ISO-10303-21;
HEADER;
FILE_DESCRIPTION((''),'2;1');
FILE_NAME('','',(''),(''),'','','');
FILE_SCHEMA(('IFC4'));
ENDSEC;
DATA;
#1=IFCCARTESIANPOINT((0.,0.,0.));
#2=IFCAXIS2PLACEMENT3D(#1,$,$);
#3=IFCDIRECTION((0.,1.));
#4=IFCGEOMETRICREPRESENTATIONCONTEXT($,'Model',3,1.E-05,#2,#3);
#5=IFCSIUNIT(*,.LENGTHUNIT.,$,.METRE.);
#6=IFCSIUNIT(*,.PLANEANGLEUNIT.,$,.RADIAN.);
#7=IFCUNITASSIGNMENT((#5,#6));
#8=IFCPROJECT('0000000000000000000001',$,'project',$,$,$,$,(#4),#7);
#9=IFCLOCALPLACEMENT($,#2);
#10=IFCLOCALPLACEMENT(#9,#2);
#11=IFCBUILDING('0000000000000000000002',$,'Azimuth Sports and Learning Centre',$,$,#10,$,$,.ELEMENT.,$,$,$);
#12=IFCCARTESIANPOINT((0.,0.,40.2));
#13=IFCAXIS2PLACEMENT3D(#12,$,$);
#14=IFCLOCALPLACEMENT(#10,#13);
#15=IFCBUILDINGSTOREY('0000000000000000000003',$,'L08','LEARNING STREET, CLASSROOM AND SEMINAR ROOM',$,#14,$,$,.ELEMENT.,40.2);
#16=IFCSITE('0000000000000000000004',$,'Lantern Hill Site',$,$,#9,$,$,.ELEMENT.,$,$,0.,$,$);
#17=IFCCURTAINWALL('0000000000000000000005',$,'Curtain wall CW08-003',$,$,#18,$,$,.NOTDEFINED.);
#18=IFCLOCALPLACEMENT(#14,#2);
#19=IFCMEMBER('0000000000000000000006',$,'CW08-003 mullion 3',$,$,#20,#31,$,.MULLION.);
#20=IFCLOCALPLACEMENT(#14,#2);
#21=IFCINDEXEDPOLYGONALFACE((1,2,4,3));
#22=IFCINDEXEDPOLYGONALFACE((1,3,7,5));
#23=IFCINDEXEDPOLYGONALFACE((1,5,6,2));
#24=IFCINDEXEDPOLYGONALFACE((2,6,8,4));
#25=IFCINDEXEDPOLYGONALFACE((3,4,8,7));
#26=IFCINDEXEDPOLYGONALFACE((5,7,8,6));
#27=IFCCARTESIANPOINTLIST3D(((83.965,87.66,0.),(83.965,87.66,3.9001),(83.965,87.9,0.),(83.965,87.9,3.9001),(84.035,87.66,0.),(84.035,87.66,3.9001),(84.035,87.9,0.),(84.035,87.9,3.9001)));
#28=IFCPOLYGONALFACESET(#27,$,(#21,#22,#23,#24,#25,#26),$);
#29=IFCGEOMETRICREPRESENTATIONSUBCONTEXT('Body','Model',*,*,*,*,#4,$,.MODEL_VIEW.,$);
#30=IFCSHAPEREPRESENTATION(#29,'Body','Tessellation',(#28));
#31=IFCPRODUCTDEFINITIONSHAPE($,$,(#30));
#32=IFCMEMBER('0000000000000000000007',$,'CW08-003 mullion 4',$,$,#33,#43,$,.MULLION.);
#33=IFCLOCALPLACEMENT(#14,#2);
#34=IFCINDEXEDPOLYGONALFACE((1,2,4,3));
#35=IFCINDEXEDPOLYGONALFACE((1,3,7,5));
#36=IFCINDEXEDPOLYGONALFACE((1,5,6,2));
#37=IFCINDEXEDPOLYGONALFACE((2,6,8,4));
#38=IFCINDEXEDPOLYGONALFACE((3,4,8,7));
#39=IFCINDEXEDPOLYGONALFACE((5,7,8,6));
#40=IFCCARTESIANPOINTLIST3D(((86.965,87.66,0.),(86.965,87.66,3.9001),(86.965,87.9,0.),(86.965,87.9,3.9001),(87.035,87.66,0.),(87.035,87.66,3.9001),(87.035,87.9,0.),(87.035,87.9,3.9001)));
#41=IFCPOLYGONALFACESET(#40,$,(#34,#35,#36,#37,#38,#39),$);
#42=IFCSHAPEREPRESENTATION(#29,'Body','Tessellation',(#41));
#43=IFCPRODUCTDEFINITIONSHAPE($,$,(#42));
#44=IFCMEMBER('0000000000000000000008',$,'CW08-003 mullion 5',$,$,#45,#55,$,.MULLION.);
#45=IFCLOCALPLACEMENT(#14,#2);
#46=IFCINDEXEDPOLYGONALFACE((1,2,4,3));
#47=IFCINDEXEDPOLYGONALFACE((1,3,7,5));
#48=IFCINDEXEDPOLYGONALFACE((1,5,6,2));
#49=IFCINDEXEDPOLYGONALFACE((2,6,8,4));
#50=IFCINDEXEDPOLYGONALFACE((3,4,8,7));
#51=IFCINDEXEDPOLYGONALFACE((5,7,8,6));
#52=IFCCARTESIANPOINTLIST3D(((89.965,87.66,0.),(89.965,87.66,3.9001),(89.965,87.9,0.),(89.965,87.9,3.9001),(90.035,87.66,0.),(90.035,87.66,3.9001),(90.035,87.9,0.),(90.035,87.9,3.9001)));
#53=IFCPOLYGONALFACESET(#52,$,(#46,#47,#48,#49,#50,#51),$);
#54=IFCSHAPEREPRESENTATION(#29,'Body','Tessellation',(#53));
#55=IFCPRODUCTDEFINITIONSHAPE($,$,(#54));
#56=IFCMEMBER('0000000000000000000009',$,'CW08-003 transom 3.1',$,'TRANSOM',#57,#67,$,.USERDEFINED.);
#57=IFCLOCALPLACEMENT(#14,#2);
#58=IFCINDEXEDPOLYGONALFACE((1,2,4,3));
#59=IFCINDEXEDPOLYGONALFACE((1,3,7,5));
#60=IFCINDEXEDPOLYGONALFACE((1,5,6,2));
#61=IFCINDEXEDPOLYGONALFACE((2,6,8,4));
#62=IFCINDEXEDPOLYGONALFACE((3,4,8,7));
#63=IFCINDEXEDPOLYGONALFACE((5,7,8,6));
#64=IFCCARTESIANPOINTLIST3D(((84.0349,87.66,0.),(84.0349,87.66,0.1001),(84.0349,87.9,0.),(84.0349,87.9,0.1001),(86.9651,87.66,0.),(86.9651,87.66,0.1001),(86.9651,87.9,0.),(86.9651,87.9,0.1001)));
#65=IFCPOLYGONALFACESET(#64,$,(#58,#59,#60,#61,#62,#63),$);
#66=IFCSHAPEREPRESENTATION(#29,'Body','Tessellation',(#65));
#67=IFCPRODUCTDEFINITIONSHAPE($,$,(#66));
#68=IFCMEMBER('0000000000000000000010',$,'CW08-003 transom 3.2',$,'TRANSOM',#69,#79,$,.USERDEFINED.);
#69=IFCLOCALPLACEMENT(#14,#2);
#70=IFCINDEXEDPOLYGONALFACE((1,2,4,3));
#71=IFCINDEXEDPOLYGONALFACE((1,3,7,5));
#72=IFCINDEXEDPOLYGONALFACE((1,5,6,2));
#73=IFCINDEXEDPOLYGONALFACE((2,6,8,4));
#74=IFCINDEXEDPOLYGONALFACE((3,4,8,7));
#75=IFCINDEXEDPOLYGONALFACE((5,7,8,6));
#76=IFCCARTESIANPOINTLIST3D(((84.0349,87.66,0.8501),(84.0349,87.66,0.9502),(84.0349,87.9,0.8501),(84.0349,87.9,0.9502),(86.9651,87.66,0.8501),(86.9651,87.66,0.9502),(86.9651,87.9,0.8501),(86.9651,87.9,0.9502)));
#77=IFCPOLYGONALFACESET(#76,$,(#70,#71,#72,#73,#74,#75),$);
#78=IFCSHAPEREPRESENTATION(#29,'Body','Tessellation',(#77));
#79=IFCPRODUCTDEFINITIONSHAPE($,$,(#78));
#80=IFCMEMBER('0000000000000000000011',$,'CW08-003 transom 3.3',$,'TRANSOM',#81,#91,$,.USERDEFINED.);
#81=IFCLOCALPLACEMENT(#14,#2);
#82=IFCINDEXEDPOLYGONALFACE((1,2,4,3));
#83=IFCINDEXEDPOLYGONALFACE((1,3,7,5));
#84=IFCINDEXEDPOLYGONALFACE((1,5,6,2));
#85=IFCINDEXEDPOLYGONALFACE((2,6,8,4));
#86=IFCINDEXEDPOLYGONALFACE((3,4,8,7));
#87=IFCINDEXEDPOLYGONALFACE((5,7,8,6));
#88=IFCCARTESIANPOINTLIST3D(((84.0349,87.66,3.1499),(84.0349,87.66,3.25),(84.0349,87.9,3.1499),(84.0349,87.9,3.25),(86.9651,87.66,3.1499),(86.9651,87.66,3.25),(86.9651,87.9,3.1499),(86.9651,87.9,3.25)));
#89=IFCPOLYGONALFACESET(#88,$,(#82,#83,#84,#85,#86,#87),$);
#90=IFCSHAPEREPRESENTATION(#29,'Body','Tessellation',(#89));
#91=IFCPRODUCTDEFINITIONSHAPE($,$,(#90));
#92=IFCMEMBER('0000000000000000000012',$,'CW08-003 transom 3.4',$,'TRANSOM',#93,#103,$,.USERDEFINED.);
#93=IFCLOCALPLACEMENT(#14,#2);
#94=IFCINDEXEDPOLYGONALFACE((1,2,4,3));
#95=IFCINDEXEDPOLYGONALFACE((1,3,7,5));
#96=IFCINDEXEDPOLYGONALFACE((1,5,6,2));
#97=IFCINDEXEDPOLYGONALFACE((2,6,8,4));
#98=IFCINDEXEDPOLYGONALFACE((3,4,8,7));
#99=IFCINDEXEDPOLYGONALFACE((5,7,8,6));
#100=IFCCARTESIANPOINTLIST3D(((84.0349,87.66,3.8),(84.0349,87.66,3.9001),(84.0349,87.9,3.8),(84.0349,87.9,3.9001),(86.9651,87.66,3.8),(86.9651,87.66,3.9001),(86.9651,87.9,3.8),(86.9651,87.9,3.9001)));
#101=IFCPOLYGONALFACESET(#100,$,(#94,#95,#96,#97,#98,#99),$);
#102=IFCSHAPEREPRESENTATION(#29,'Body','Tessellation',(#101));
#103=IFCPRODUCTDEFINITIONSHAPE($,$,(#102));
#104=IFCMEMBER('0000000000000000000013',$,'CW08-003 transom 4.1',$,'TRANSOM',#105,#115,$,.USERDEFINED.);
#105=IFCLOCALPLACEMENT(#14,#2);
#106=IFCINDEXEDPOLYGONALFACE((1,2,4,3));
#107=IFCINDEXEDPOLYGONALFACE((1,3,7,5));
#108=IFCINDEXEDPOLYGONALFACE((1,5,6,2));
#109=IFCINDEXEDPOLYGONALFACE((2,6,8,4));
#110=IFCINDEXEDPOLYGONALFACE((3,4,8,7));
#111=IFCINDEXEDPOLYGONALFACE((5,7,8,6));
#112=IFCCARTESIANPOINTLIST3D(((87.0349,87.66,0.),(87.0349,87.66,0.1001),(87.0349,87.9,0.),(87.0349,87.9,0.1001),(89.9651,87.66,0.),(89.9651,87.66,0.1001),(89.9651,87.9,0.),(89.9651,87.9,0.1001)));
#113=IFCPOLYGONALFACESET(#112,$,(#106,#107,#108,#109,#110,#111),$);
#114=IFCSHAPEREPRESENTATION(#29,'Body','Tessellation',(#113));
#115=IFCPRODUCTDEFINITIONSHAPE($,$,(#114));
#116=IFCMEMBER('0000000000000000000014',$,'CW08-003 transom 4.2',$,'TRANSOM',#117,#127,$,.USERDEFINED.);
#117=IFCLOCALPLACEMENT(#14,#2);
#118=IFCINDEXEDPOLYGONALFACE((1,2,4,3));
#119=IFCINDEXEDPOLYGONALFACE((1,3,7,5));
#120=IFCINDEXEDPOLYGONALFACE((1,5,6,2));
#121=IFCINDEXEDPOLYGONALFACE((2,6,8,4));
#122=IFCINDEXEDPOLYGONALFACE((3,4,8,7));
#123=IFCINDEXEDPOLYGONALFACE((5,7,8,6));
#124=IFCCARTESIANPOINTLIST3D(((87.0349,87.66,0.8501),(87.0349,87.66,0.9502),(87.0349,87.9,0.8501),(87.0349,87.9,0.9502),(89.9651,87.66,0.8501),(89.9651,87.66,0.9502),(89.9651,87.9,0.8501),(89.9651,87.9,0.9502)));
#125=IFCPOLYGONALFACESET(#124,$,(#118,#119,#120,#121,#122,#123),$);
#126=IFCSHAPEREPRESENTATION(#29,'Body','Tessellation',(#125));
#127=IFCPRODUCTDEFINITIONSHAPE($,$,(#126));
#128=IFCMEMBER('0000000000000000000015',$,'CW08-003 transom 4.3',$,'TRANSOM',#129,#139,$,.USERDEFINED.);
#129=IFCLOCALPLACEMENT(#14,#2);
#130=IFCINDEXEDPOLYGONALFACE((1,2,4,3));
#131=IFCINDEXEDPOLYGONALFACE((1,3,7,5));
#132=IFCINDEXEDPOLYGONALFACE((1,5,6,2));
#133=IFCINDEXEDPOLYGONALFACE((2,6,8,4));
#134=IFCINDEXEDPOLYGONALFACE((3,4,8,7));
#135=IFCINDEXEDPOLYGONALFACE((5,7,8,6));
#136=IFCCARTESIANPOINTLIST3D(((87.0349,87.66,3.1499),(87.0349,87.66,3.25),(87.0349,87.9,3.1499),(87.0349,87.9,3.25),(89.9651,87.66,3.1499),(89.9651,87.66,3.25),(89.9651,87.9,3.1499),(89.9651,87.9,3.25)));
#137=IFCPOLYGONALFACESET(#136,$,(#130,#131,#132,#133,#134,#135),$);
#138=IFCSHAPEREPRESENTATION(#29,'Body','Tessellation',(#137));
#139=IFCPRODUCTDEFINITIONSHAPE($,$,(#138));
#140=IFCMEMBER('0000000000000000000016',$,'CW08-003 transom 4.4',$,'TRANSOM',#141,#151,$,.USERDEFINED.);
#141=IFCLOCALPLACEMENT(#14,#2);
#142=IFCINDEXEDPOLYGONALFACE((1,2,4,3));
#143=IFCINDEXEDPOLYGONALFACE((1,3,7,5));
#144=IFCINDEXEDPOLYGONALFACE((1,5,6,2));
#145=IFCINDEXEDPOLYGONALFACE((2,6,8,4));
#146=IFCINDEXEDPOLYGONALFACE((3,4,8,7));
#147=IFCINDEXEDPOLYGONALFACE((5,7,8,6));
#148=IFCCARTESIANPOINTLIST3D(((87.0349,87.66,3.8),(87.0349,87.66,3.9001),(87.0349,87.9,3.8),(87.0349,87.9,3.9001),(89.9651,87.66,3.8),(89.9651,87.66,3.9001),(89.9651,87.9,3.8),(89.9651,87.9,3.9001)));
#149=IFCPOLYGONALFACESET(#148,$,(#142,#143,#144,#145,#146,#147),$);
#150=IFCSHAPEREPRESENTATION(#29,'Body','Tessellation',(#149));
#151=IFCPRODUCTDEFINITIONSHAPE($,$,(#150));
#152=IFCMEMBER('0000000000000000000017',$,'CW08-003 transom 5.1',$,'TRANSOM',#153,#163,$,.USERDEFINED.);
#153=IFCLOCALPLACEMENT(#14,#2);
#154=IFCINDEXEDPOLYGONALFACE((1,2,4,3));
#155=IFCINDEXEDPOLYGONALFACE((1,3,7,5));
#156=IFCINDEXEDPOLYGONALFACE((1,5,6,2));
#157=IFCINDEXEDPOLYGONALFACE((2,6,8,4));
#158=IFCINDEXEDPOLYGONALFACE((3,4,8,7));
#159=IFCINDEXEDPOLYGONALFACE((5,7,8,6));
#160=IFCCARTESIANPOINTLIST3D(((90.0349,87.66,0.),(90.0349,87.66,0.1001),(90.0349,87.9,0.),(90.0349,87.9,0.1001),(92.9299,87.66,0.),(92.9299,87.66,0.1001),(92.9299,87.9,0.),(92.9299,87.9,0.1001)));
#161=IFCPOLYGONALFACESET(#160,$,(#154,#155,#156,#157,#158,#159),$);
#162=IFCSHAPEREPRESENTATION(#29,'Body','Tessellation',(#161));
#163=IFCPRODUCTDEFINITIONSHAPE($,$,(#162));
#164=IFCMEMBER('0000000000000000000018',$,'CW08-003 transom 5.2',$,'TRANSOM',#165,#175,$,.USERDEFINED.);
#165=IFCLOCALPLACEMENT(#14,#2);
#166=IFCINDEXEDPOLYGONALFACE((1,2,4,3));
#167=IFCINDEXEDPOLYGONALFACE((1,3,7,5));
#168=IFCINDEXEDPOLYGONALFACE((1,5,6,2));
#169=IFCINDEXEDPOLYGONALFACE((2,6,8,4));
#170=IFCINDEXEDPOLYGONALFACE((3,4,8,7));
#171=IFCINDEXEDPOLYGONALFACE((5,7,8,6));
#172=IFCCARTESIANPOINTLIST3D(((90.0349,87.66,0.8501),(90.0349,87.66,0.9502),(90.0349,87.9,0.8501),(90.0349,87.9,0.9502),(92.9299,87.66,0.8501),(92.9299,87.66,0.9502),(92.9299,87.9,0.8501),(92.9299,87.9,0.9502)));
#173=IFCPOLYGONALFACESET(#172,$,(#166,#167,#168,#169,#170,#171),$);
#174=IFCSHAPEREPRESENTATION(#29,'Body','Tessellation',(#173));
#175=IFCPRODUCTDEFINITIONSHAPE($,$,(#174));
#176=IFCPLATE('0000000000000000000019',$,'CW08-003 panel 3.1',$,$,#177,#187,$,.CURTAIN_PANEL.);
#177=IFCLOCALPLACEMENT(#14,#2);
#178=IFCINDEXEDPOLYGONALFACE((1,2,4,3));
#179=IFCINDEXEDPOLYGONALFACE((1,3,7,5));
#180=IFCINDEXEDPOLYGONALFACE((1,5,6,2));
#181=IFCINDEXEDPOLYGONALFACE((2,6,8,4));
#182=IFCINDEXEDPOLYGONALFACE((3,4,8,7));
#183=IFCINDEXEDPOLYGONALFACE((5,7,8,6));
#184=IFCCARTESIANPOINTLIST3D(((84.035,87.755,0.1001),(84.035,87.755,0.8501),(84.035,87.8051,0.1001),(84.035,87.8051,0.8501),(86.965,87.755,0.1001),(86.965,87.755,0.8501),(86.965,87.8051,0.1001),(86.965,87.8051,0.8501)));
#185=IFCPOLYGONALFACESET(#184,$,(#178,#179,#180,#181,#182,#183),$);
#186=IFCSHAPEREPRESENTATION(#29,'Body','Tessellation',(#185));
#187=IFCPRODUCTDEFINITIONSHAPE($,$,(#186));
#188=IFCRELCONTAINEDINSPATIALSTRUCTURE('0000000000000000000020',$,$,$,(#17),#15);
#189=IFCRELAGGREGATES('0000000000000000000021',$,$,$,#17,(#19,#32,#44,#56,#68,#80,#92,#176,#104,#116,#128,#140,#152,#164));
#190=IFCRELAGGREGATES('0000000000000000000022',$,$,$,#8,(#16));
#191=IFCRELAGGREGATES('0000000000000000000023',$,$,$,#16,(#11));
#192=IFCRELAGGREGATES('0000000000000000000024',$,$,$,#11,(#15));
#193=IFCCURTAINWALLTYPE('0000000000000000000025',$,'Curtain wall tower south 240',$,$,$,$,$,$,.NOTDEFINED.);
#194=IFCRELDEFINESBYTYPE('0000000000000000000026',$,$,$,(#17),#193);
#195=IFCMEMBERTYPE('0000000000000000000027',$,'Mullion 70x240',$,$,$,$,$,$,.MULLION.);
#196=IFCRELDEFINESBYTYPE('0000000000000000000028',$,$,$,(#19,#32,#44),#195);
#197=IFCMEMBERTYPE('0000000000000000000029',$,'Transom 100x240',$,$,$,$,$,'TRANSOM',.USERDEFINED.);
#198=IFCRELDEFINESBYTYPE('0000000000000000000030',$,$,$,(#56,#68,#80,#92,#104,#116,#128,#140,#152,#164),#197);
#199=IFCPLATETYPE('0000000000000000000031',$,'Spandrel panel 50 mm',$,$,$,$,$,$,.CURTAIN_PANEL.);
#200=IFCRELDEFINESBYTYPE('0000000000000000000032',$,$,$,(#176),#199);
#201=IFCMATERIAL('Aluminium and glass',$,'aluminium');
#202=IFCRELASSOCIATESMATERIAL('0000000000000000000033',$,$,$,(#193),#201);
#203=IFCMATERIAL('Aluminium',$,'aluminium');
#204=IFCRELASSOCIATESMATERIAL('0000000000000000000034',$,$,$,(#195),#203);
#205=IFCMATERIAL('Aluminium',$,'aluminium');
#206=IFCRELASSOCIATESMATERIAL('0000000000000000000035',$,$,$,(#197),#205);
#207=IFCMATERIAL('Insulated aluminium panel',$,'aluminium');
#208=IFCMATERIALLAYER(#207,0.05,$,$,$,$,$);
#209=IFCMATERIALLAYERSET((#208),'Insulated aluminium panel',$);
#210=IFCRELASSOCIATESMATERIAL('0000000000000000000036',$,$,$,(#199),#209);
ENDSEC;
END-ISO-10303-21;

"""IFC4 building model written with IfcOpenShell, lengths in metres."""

from ifc_helpers import new_model, si_unit, direction, frame, origin, origin_2d, place, context, subcontext, project, spatial, rectangle, extrude, material, layer, layer_set, material_profile, profile_set, type_object, element, aggregate, save


model = new_model("IFC4")

# Units and contexts
model_context = context("Model", 3, precision=1e-05, world=origin(), true_north=direction((0.0, 1.0)))
body_context = subcontext(model_context, "Body", "Model", "MODEL_VIEW")
ifc_project = project(units=[si_unit("LENGTHUNIT", "METRE"), si_unit("PLANEANGLEUNIT", "RADIAN")], contexts=[model_context])

# Site, building, storey
site_placement = place(None, origin())
site = spatial("IfcSite", under=ifc_project, at=site_placement, Name="Lantern Hill Site", CompositionType="ELEMENT", RefElevation=0.0)
building_placement = place(site_placement, origin())
building = spatial("IfcBuilding", under=site, at=building_placement, Name="Azimuth Sports and Learning Centre", CompositionType="ELEMENT")
storey_placement = place(building_placement, frame((0.0, 0.0, 40.2)))
storey = spatial("IfcBuildingStorey", under=building, at=storey_placement, Name="L08", Description="LEARNING STREET, CLASSROOM AND SEMINAR ROOM", CompositionType="ELEMENT", Elevation=40.2)

# Curtain wall, members, plate
ifc_material_1 = material(Name="Aluminium and glass", Category="aluminium")
curtain_wall_type = type_object("IfcCurtainWallType", Name="Curtain wall tower south 240", PredefinedType="NOTDEFINED", material=ifc_material_1)
curtain_wall_placement = place(storey_placement, origin())
curtain_wall = element("IfcCurtainWall", 1, at=curtain_wall_placement, inside=storey, type_object=curtain_wall_type, Name="Curtain wall CW08-003", PredefinedType="NOTDEFINED")
ifc_material_2 = material(Name="Aluminium", Category="aluminium")
ifc_material_profile_1 = material_profile(ifc_material_2, rectangle(XDim=0.24, YDim=0.0701, at=origin_2d()), Name="Mullion 70x240")
ifc_profile_set_1 = profile_set([ifc_material_profile_1], Name="Aluminium")
member_type_1 = type_object("IfcMemberType", Name="Mullion 70x240", PredefinedType="MULLION", material=ifc_profile_set_1)
member_1_placement = place(storey_placement, frame((84.0, 87.78, 0.0), z_axis=(0.0, 0.0, 1.0), x_axis=(0.0, 1.0, 0.0)))
member_1 = element("IfcMember", 2, at=member_1_placement, type_object=member_type_1, Name="CW08-003 mullion 3", PredefinedType="MULLION", context=body_context, shape_type="SweptSolid", body=[
    extrude(rectangle(XDim=0.24, YDim=0.0701, at=origin_2d()), origin(), (0.0, 0.0, 1.0), 3.9001),
])
member_2_placement = place(storey_placement, frame((87.0, 87.78, 0.0), z_axis=(0.0, 0.0, 1.0), x_axis=(0.0, 1.0, 0.0)))
member_2 = element("IfcMember", 3, at=member_2_placement, type_object=member_type_1, Name="CW08-003 mullion 4", PredefinedType="MULLION", context=body_context, shape_type="SweptSolid", body=[
    extrude(rectangle(XDim=0.24, YDim=0.0701, at=origin_2d()), origin(), (0.0, 0.0, 1.0), 3.9001),
])
member_3_placement = place(storey_placement, frame((90.0, 87.78, 0.0), z_axis=(0.0, 0.0, 1.0), x_axis=(0.0, 1.0, 0.0)))
member_3 = element("IfcMember", 4, at=member_3_placement, type_object=member_type_1, Name="CW08-003 mullion 5", PredefinedType="MULLION", context=body_context, shape_type="SweptSolid", body=[
    extrude(rectangle(XDim=0.24, YDim=0.0701, at=origin_2d()), origin(), (0.0, 0.0, 1.0), 3.9001),
])
ifc_material_3 = material(Name="Aluminium", Category="aluminium")
ifc_material_profile_2 = material_profile(ifc_material_3, rectangle(XDim=0.24, YDim=0.1001, at=origin_2d()), Name="Transom 100x240")
ifc_profile_set_2 = profile_set([ifc_material_profile_2], Name="Aluminium")
member_type_2 = type_object("IfcMemberType", Name="Transom 100x240", ElementType="TRANSOM", PredefinedType="USERDEFINED", material=ifc_profile_set_2)
member_4_placement = place(storey_placement, frame((84.0349, 87.78, 0.05), z_axis=(1.0, 0.0, 0.0), x_axis=(0.0, 1.0, 0.0)))
member_4 = element("IfcMember", 5, at=member_4_placement, type_object=member_type_2, Name="CW08-003 transom 3.1", ObjectType="TRANSOM", PredefinedType="USERDEFINED", context=body_context, shape_type="SweptSolid", body=[
    extrude(rectangle(XDim=0.24, YDim=0.1001, at=origin_2d()), origin(), (0.0, 0.0, 1.0), 2.9302),
])
member_5_placement = place(storey_placement, frame((84.0349, 87.78, 0.9001), z_axis=(1.0, 0.0, 0.0), x_axis=(0.0, 1.0, 0.0)))
member_5 = element("IfcMember", 6, at=member_5_placement, type_object=member_type_2, Name="CW08-003 transom 3.2", ObjectType="TRANSOM", PredefinedType="USERDEFINED", context=body_context, shape_type="SweptSolid", body=[
    extrude(rectangle(XDim=0.24, YDim=0.1001, at=origin_2d()), origin(), (0.0, 0.0, 1.0), 2.9302),
])
member_6_placement = place(storey_placement, frame((84.0349, 87.78, 3.2), z_axis=(1.0, 0.0, 0.0), x_axis=(0.0, 1.0, 0.0)))
member_6 = element("IfcMember", 7, at=member_6_placement, type_object=member_type_2, Name="CW08-003 transom 3.3", ObjectType="TRANSOM", PredefinedType="USERDEFINED", context=body_context, shape_type="SweptSolid", body=[
    extrude(rectangle(XDim=0.24, YDim=0.1001, at=origin_2d()), origin(), (0.0, 0.0, 1.0), 2.9302),
])
member_7_placement = place(storey_placement, frame((84.0349, 87.78, 3.8501), z_axis=(1.0, 0.0, 0.0), x_axis=(0.0, 1.0, 0.0)))
member_7 = element("IfcMember", 8, at=member_7_placement, type_object=member_type_2, Name="CW08-003 transom 3.4", ObjectType="TRANSOM", PredefinedType="USERDEFINED", context=body_context, shape_type="SweptSolid", body=[
    extrude(rectangle(XDim=0.24, YDim=0.1001, at=origin_2d()), origin(), (0.0, 0.0, 1.0), 2.9302),
])
member_8_placement = place(storey_placement, frame((87.0349, 87.78, 0.05), z_axis=(1.0, 0.0, 0.0), x_axis=(0.0, 1.0, 0.0)))
member_8 = element("IfcMember", 9, at=member_8_placement, type_object=member_type_2, Name="CW08-003 transom 4.1", ObjectType="TRANSOM", PredefinedType="USERDEFINED", context=body_context, shape_type="SweptSolid", body=[
    extrude(rectangle(XDim=0.24, YDim=0.1001, at=origin_2d()), origin(), (0.0, 0.0, 1.0), 2.9302),
])
member_9_placement = place(storey_placement, frame((87.0349, 87.78, 0.9001), z_axis=(1.0, 0.0, 0.0), x_axis=(0.0, 1.0, 0.0)))
member_9 = element("IfcMember", 10, at=member_9_placement, type_object=member_type_2, Name="CW08-003 transom 4.2", ObjectType="TRANSOM", PredefinedType="USERDEFINED", context=body_context, shape_type="SweptSolid", body=[
    extrude(rectangle(XDim=0.24, YDim=0.1001, at=origin_2d()), origin(), (0.0, 0.0, 1.0), 2.9302),
])
member_10_placement = place(storey_placement, frame((87.0349, 87.78, 3.2), z_axis=(1.0, 0.0, 0.0), x_axis=(0.0, 1.0, 0.0)))
member_10 = element("IfcMember", 11, at=member_10_placement, type_object=member_type_2, Name="CW08-003 transom 4.3", ObjectType="TRANSOM", PredefinedType="USERDEFINED", context=body_context, shape_type="SweptSolid", body=[
    extrude(rectangle(XDim=0.24, YDim=0.1001, at=origin_2d()), origin(), (0.0, 0.0, 1.0), 2.9302),
])
member_11_placement = place(storey_placement, frame((87.0349, 87.78, 3.8501), z_axis=(1.0, 0.0, 0.0), x_axis=(0.0, 1.0, 0.0)))
member_11 = element("IfcMember", 12, at=member_11_placement, type_object=member_type_2, Name="CW08-003 transom 4.4", ObjectType="TRANSOM", PredefinedType="USERDEFINED", context=body_context, shape_type="SweptSolid", body=[
    extrude(rectangle(XDim=0.24, YDim=0.1001, at=origin_2d()), origin(), (0.0, 0.0, 1.0), 2.9302),
])
member_12_placement = place(storey_placement, frame((90.0349, 87.78, 0.05), z_axis=(1.0, 0.0, 0.0), x_axis=(0.0, 1.0, 0.0)))
member_12 = element("IfcMember", 13, at=member_12_placement, type_object=member_type_2, Name="CW08-003 transom 5.1", ObjectType="TRANSOM", PredefinedType="USERDEFINED", context=body_context, shape_type="SweptSolid", body=[
    extrude(rectangle(XDim=0.24, YDim=0.1001, at=origin_2d()), origin(), (0.0, 0.0, 1.0), 2.895),
])
member_13_placement = place(storey_placement, frame((90.0349, 87.78, 0.9001), z_axis=(1.0, 0.0, 0.0), x_axis=(0.0, 1.0, 0.0)))
member_13 = element("IfcMember", 14, at=member_13_placement, type_object=member_type_2, Name="CW08-003 transom 5.2", ObjectType="TRANSOM", PredefinedType="USERDEFINED", context=body_context, shape_type="SweptSolid", body=[
    extrude(rectangle(XDim=0.24, YDim=0.1001, at=origin_2d()), origin(), (0.0, 0.0, 1.0), 2.895),
])
ifc_material_4 = material(Name="Insulated aluminium panel", Category="aluminium")
ifc_layer_1 = layer(ifc_material_4, 0.05)
ifc_layer_set_1 = layer_set([ifc_layer_1], Name="Insulated aluminium panel")
plate_type_1 = type_object("IfcPlateType", Name="Spandrel panel 50 mm", PredefinedType="CURTAIN_PANEL", material=ifc_layer_set_1)
plate_1_placement = place(storey_placement, frame((85.5, 87.78, 0.1001), z_axis=(0.0, 0.0, 1.0), x_axis=(1.0, 0.0, 0.0)))
plate_1 = element("IfcPlate", 15, at=plate_1_placement, type_object=plate_type_1, Name="CW08-003 panel 3.1", PredefinedType="CURTAIN_PANEL", context=body_context, shape_type="SweptSolid", body=[
    extrude(rectangle(XDim=2.9299, YDim=0.05, at=origin_2d()), origin(), (0.0, 0.0, 1.0), 0.75),
])
aggregate(curtain_wall, [member_1, member_2, member_3, member_4, member_5, member_6, member_7, plate_1, member_8, member_9, member_10, member_11, member_12, member_13])

save(model, "model.ifc")
